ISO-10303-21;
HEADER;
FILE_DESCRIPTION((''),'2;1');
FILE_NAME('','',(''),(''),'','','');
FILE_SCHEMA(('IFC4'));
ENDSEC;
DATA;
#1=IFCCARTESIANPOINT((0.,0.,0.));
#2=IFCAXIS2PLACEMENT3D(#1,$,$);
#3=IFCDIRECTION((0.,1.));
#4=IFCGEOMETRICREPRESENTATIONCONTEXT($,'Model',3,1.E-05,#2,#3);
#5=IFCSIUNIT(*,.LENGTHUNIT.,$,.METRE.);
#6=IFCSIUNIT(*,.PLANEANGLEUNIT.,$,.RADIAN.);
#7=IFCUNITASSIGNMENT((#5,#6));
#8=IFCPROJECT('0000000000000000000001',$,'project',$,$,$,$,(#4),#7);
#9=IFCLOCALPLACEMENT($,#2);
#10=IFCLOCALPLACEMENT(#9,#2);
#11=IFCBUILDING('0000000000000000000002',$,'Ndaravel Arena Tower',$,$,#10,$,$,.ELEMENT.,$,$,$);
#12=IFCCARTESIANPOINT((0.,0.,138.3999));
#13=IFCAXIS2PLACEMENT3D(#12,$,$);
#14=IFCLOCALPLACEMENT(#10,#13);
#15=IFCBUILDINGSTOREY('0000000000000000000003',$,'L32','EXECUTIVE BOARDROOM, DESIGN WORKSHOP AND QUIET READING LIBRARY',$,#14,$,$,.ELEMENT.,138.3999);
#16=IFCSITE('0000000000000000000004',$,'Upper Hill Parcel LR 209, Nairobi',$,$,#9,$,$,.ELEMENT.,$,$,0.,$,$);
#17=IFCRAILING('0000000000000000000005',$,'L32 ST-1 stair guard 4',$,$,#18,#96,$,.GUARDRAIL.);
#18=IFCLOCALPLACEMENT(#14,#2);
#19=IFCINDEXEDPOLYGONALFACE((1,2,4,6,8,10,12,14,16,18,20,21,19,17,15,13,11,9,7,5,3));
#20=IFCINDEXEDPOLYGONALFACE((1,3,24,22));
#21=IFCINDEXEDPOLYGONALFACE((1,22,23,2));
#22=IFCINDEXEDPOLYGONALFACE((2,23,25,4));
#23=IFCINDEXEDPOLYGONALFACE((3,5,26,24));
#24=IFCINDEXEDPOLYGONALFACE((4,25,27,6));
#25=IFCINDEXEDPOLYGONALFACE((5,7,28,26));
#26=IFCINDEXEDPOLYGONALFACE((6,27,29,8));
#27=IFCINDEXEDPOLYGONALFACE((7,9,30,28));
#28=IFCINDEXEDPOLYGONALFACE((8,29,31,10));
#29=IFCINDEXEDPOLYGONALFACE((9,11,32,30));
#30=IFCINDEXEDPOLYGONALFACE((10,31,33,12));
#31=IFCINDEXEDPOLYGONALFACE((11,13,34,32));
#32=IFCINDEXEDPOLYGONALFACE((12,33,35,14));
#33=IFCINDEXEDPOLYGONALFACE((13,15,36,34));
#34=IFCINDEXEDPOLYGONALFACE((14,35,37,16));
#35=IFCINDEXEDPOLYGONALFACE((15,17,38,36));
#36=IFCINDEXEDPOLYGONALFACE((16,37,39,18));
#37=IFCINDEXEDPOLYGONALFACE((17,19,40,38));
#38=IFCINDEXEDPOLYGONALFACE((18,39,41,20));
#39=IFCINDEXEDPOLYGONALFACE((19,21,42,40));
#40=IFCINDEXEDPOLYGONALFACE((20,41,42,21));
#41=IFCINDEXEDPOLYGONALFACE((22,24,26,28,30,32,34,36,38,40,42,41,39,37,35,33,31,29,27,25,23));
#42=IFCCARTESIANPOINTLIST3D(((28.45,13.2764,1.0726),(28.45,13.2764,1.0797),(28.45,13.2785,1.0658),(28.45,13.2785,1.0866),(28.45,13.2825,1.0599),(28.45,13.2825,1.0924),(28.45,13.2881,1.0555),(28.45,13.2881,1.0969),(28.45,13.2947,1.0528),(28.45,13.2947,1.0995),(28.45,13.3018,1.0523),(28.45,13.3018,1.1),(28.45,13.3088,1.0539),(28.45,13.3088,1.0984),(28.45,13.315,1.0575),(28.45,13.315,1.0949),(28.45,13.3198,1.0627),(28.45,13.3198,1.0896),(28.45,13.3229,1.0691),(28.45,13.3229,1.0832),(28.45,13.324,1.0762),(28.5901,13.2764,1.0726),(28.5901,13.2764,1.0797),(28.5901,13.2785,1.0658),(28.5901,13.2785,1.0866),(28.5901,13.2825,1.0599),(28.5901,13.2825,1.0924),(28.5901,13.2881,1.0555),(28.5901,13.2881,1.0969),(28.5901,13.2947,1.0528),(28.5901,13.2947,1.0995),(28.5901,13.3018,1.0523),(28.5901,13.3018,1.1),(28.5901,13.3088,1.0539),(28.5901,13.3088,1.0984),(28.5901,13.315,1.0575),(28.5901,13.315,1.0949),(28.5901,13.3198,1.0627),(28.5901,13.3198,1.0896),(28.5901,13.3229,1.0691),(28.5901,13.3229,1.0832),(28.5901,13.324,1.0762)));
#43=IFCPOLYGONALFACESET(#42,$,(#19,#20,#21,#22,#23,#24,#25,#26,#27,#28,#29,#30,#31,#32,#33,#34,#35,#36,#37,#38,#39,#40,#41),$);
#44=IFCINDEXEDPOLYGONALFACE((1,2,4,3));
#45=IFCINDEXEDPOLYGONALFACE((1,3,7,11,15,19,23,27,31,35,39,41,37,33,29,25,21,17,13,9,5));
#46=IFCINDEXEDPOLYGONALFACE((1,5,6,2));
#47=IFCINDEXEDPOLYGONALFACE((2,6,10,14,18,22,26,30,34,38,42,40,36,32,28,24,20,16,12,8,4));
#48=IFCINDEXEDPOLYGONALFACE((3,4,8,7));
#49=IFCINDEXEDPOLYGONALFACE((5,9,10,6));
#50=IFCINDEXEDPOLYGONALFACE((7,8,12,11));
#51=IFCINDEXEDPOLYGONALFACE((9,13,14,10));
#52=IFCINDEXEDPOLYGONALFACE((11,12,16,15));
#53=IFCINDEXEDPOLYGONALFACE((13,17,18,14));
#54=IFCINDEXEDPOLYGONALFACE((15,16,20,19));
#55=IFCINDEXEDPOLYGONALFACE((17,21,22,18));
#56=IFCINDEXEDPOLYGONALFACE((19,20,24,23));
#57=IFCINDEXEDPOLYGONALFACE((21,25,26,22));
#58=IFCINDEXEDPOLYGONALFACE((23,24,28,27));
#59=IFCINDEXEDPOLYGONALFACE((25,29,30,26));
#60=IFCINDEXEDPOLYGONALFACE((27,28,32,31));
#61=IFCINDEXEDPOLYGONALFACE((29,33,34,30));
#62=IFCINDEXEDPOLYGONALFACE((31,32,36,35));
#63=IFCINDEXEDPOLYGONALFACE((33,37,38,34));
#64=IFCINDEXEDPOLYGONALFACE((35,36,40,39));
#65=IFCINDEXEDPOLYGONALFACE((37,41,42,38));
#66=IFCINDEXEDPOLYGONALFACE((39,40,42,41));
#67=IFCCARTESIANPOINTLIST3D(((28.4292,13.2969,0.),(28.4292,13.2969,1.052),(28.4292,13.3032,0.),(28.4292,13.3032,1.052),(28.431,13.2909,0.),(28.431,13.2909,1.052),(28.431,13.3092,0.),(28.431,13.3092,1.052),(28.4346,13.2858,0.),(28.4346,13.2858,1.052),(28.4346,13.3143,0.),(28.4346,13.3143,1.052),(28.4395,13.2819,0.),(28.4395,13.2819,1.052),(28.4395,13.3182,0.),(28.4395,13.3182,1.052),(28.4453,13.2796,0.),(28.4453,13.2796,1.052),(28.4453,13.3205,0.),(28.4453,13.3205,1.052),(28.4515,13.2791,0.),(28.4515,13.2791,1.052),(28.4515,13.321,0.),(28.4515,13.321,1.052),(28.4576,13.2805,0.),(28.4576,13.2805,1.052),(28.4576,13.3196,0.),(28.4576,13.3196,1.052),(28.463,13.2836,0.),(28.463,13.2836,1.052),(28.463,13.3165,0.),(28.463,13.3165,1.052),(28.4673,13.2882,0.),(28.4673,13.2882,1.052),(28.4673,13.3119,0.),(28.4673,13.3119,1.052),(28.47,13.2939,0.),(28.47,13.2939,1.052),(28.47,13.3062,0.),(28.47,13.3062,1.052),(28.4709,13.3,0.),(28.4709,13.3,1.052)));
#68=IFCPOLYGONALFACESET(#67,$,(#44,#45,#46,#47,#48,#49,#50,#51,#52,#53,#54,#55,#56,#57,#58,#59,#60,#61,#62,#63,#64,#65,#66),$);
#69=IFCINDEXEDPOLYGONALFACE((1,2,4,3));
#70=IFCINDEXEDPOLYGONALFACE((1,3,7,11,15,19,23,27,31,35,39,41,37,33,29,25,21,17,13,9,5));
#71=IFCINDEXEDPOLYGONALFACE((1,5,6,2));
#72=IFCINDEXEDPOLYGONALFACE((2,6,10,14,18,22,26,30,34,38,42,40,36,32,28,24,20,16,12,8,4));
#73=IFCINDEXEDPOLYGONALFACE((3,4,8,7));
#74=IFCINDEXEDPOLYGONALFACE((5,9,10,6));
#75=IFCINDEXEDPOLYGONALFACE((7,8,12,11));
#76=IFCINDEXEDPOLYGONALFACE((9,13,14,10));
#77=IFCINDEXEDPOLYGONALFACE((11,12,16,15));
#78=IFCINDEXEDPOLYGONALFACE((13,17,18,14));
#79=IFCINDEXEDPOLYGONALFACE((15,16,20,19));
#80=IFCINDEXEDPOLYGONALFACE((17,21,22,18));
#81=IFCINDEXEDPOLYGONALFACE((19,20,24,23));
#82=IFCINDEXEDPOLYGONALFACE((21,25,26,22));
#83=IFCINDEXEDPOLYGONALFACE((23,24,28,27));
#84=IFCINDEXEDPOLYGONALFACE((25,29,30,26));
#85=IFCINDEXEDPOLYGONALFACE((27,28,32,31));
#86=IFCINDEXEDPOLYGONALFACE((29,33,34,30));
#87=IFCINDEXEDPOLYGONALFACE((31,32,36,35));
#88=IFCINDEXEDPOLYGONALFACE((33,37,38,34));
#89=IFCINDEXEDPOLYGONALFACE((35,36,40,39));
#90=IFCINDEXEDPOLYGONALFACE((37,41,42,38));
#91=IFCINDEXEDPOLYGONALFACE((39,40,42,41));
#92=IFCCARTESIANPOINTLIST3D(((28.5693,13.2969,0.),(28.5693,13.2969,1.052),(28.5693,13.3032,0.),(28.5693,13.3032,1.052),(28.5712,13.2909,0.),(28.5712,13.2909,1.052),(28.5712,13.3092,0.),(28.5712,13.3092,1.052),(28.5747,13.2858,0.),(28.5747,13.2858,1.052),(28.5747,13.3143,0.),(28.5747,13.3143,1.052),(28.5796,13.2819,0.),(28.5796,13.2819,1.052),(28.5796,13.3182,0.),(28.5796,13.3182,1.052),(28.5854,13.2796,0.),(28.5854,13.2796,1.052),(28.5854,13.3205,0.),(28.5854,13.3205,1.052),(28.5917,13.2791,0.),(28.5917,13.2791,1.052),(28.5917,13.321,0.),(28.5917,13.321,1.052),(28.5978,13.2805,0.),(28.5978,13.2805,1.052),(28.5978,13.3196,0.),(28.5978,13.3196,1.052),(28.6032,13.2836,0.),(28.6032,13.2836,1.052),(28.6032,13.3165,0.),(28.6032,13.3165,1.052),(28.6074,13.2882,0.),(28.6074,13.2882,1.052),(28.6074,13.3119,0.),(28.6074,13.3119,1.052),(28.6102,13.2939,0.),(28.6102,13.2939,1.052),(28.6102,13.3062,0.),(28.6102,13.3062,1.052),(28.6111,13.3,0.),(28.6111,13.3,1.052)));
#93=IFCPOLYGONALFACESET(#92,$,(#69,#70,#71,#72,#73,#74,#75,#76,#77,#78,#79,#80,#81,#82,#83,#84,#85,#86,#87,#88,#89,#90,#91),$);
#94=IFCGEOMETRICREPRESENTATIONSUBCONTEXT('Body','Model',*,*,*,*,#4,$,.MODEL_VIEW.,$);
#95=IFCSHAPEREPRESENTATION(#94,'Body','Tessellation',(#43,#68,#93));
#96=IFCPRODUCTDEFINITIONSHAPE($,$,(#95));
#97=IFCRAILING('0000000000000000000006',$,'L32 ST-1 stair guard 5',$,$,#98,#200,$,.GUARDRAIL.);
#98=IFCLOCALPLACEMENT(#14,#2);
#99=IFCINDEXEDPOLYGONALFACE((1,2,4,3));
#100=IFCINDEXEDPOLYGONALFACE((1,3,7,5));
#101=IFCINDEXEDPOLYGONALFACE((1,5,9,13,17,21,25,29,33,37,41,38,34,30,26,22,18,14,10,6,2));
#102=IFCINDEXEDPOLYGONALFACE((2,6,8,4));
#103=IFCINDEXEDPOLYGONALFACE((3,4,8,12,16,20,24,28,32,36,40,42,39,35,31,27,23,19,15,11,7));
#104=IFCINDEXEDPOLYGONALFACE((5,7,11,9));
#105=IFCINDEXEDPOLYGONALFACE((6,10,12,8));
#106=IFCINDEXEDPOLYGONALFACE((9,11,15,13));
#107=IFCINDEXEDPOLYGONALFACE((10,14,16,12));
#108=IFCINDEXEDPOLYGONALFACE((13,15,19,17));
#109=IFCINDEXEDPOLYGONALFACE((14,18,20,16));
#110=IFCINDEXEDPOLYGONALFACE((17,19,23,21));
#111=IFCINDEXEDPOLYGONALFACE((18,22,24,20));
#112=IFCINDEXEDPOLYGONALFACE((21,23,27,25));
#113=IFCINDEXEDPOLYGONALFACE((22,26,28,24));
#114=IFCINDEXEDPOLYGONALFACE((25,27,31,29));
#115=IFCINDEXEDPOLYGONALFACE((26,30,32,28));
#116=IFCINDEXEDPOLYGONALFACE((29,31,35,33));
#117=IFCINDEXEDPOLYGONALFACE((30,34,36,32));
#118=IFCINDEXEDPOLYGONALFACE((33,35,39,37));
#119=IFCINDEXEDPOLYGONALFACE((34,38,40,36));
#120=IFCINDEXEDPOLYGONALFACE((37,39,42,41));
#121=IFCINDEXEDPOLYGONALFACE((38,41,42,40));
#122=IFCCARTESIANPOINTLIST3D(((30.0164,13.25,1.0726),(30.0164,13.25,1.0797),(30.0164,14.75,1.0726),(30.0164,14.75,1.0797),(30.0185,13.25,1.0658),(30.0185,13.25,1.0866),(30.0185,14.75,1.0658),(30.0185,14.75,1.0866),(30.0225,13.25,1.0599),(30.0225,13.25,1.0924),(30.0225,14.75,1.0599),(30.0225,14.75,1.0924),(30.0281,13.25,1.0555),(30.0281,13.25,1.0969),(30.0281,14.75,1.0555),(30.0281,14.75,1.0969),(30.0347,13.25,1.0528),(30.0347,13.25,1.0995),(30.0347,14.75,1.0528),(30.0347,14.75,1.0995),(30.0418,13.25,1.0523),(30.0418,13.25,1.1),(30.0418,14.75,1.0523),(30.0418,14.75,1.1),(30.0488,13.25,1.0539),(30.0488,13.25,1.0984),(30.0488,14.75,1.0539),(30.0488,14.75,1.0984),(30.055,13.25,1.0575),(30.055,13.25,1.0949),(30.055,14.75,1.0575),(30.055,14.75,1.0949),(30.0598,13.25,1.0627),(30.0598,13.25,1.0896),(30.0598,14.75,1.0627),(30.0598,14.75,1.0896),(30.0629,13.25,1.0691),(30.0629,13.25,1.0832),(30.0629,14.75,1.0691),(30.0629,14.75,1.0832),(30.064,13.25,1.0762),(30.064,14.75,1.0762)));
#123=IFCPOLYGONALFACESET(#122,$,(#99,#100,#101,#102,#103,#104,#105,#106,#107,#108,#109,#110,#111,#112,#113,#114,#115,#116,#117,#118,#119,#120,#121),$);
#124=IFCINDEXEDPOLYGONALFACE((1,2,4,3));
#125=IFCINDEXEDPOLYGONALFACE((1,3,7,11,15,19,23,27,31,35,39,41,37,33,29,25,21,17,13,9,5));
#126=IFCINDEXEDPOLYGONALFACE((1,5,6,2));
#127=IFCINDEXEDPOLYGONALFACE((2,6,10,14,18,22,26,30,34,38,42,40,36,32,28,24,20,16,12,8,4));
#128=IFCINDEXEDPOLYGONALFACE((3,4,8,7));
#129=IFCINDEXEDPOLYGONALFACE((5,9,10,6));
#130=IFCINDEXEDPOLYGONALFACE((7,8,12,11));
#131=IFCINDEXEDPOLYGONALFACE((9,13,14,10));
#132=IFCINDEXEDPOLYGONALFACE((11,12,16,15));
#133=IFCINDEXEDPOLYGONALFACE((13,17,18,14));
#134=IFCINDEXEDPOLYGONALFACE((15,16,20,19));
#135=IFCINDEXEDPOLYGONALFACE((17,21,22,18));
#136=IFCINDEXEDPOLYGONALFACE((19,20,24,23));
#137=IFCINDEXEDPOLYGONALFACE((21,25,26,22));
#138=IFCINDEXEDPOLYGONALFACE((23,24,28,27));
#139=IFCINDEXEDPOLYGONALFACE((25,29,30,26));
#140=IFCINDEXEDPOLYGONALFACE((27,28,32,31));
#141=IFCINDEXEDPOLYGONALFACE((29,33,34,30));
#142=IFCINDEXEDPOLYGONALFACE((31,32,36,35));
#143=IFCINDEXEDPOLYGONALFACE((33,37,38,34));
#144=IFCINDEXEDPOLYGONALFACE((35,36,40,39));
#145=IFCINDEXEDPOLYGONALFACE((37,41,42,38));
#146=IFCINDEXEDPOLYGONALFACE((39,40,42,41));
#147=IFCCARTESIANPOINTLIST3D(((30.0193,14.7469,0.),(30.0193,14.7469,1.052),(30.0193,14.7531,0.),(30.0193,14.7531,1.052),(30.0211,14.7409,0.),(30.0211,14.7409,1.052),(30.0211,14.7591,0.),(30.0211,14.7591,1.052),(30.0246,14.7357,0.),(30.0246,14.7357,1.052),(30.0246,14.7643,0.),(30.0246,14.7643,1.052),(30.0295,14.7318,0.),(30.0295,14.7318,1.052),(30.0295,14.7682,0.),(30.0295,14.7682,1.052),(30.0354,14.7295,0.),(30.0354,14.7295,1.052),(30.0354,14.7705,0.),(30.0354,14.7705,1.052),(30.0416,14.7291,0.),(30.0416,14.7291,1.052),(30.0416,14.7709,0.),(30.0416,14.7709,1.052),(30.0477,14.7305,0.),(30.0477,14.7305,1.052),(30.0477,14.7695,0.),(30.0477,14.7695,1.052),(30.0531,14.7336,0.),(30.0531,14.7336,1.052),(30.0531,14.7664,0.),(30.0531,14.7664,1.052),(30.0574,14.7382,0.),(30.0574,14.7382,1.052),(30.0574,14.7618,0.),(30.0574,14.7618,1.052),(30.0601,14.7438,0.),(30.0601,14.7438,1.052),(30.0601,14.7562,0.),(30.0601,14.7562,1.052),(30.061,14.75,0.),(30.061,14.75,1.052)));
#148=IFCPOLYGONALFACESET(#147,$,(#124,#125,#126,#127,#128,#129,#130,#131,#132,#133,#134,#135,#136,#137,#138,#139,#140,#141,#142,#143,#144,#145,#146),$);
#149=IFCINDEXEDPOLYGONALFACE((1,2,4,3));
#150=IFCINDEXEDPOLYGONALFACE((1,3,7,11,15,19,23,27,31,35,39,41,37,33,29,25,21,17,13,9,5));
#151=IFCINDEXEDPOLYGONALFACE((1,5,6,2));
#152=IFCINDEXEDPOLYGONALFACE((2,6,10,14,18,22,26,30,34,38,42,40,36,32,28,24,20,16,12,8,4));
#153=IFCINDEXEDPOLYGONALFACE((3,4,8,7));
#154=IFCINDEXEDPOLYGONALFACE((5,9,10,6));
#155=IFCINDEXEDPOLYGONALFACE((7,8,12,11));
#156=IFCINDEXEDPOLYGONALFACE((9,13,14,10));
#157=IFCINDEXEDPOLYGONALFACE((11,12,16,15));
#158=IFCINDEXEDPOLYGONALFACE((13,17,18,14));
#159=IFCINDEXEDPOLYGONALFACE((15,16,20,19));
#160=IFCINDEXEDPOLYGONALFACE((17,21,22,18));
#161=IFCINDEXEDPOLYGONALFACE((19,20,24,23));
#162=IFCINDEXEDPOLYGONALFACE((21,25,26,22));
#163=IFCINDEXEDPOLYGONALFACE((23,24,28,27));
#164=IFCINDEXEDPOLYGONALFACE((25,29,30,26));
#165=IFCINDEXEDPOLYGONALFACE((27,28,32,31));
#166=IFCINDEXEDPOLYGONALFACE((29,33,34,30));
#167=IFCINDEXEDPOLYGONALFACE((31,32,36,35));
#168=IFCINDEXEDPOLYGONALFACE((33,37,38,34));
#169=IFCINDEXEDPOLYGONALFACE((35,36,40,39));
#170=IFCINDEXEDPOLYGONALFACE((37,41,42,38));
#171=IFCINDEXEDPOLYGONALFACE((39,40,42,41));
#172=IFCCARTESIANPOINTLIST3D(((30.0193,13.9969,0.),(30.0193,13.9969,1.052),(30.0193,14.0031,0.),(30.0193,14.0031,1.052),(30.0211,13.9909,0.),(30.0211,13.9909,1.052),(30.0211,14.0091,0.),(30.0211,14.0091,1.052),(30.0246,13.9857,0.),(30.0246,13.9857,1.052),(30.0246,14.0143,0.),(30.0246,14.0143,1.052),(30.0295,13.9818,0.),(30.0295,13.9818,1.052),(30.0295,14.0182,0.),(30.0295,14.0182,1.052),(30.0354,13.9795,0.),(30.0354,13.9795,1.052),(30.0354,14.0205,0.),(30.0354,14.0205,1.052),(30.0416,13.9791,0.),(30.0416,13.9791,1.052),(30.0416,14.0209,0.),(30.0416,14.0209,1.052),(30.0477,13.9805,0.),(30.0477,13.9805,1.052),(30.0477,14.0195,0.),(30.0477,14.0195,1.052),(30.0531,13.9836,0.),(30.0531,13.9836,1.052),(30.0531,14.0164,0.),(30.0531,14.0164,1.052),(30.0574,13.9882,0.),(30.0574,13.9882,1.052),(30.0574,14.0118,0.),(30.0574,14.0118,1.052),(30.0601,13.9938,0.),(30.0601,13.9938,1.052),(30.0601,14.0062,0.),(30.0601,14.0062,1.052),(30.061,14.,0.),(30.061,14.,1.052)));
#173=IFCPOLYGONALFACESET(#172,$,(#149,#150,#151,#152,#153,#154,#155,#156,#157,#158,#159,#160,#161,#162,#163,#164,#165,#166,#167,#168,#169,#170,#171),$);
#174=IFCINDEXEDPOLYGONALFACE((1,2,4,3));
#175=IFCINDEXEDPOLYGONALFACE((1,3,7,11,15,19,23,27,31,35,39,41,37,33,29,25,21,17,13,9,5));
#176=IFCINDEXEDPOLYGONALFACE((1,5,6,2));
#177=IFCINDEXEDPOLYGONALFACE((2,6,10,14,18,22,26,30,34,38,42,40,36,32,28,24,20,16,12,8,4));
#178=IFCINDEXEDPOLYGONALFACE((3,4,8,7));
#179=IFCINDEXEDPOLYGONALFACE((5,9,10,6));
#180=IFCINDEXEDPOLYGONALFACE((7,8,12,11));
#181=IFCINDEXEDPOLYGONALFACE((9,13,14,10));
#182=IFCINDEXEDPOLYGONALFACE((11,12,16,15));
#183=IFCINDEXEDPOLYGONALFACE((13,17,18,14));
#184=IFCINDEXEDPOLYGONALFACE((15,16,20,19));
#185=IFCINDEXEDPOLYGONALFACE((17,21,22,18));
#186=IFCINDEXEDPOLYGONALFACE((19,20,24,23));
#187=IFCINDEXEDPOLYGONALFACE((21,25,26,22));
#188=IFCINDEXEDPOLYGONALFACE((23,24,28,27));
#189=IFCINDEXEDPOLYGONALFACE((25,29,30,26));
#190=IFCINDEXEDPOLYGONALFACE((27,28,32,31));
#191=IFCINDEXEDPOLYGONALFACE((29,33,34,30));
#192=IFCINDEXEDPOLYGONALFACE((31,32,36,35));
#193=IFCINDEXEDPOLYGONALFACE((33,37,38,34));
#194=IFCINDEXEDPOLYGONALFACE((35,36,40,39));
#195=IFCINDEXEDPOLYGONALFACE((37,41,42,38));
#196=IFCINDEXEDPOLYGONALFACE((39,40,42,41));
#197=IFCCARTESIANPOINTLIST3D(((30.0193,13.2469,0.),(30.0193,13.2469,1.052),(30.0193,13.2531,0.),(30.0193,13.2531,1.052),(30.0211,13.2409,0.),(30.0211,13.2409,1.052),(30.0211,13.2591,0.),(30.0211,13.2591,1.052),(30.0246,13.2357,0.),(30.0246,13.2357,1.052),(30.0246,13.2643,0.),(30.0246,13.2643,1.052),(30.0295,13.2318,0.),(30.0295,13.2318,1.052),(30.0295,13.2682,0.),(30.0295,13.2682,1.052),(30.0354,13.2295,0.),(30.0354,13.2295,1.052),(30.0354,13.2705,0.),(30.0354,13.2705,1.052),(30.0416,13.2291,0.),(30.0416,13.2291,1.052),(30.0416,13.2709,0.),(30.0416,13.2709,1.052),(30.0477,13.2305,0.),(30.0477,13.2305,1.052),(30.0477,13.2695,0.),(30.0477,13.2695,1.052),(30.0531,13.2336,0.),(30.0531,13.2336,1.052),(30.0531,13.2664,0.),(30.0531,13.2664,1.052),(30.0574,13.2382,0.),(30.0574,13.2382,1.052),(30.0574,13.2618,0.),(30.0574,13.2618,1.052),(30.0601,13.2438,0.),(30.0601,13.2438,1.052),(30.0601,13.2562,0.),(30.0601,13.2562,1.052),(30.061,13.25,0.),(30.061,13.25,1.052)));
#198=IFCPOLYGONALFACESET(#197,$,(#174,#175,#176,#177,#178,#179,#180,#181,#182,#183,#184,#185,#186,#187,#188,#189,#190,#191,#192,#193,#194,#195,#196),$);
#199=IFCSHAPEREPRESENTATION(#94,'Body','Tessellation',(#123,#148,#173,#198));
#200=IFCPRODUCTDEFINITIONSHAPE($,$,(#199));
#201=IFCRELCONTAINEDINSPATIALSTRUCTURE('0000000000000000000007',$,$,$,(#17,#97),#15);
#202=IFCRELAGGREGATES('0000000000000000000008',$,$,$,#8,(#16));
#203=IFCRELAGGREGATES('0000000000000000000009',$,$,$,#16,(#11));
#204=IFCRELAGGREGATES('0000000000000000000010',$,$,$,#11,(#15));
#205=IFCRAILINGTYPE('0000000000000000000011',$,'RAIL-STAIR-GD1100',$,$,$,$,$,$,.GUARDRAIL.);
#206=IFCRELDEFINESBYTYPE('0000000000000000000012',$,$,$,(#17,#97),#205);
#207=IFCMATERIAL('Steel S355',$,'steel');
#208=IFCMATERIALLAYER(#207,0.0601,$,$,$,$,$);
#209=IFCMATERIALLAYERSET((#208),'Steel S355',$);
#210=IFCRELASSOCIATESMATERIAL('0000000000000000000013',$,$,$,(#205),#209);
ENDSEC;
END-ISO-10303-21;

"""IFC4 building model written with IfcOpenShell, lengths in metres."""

from ifc_helpers import new_model, si_unit, direction, frame, origin, origin_2d, place, context, subcontext, project, spatial, circle, extrude, material, layer, layer_set, type_object, element, save


model = new_model("IFC4")

# Units and contexts
model_context = context("Model", 3, precision=1e-05, world=origin(), true_north=direction((0.0, 1.0)))
body_context = subcontext(model_context, "Body", "Model", "MODEL_VIEW")
ifc_project = project(units=[si_unit("LENGTHUNIT", "METRE"), si_unit("PLANEANGLEUNIT", "RADIAN")], contexts=[model_context])

# Site, building, storey
site_placement = place(None, origin())
site = spatial("IfcSite", under=ifc_project, at=site_placement, Name="Upper Hill Parcel LR 209, Nairobi", CompositionType="ELEMENT", RefElevation=0.0)
building_placement = place(site_placement, origin())
building = spatial("IfcBuilding", under=site, at=building_placement, Name="Ndaravel Arena Tower", CompositionType="ELEMENT")
storey_placement = place(building_placement, frame((0.0, 0.0, 138.3999)))
storey = spatial("IfcBuildingStorey", under=building, at=storey_placement, Name="L32", Description="EXECUTIVE BOARDROOM, DESIGN WORKSHOP AND QUIET READING LIBRARY", CompositionType="ELEMENT", Elevation=138.3999)

# Railings
ifc_material_1 = material(Name="Steel S355", Category="steel")
ifc_layer_1 = layer(ifc_material_1, 0.0601)
ifc_layer_set_1 = layer_set([ifc_layer_1], Name="Steel S355")
railing_type_1 = type_object("IfcRailingType", Name="RAIL-STAIR-GD1100", PredefinedType="GUARDRAIL", material=ifc_layer_set_1)
railing_1_placement = place(storey_placement, frame((28.45, 13.3, 0.0)))
element("IfcRailing", 1, at=railing_1_placement, inside=storey, type_object=railing_type_1, Name="L32 ST-1 stair guard 4", PredefinedType="GUARDRAIL", context=body_context, shape_type="SweptSolid", body=[
    extrude(circle(Radius=0.0239, at=origin_2d()), frame((0.0, 0.0, 1.0762), z_axis=(1.0, 0.0, 0.0), x_axis=(0.0, 1.0, 0.0)), (0.0, 0.0, 1.0), 0.1401),
    extrude(circle(Radius=0.021, at=origin_2d()), origin(), (0.0, 0.0, 1.0), 1.052),
    extrude(circle(Radius=0.021, at=origin_2d()), frame((0.1401, 0.0, 0.0)), (0.0, 0.0, 1.0), 1.052),
])
railing_2_placement = place(storey_placement, frame((30.04, 14.75, 0.0)))
element("IfcRailing", 2, at=railing_2_placement, inside=storey, type_object=railing_type_1, Name="L32 ST-1 stair guard 5", PredefinedType="GUARDRAIL", context=body_context, shape_type="SweptSolid", body=[
    extrude(circle(Radius=0.0239, at=origin_2d()), frame((0.0, 0.0, 1.0762), z_axis=(0.0, -1.0, 0.0), x_axis=(1.0, 0.0, 0.0)), (0.0, 0.0, 1.0), 1.5),
    extrude(circle(Radius=0.021, at=origin_2d()), origin(), (0.0, 0.0, 1.0), 1.052),
    extrude(circle(Radius=0.021, at=origin_2d()), frame((0.0, -0.75, 0.0)), (0.0, 0.0, 1.0), 1.052),
    extrude(circle(Radius=0.021, at=origin_2d()), frame((0.0, -1.5, 0.0)), (0.0, 0.0, 1.0), 1.052),
])

save(model, "model.ifc")
